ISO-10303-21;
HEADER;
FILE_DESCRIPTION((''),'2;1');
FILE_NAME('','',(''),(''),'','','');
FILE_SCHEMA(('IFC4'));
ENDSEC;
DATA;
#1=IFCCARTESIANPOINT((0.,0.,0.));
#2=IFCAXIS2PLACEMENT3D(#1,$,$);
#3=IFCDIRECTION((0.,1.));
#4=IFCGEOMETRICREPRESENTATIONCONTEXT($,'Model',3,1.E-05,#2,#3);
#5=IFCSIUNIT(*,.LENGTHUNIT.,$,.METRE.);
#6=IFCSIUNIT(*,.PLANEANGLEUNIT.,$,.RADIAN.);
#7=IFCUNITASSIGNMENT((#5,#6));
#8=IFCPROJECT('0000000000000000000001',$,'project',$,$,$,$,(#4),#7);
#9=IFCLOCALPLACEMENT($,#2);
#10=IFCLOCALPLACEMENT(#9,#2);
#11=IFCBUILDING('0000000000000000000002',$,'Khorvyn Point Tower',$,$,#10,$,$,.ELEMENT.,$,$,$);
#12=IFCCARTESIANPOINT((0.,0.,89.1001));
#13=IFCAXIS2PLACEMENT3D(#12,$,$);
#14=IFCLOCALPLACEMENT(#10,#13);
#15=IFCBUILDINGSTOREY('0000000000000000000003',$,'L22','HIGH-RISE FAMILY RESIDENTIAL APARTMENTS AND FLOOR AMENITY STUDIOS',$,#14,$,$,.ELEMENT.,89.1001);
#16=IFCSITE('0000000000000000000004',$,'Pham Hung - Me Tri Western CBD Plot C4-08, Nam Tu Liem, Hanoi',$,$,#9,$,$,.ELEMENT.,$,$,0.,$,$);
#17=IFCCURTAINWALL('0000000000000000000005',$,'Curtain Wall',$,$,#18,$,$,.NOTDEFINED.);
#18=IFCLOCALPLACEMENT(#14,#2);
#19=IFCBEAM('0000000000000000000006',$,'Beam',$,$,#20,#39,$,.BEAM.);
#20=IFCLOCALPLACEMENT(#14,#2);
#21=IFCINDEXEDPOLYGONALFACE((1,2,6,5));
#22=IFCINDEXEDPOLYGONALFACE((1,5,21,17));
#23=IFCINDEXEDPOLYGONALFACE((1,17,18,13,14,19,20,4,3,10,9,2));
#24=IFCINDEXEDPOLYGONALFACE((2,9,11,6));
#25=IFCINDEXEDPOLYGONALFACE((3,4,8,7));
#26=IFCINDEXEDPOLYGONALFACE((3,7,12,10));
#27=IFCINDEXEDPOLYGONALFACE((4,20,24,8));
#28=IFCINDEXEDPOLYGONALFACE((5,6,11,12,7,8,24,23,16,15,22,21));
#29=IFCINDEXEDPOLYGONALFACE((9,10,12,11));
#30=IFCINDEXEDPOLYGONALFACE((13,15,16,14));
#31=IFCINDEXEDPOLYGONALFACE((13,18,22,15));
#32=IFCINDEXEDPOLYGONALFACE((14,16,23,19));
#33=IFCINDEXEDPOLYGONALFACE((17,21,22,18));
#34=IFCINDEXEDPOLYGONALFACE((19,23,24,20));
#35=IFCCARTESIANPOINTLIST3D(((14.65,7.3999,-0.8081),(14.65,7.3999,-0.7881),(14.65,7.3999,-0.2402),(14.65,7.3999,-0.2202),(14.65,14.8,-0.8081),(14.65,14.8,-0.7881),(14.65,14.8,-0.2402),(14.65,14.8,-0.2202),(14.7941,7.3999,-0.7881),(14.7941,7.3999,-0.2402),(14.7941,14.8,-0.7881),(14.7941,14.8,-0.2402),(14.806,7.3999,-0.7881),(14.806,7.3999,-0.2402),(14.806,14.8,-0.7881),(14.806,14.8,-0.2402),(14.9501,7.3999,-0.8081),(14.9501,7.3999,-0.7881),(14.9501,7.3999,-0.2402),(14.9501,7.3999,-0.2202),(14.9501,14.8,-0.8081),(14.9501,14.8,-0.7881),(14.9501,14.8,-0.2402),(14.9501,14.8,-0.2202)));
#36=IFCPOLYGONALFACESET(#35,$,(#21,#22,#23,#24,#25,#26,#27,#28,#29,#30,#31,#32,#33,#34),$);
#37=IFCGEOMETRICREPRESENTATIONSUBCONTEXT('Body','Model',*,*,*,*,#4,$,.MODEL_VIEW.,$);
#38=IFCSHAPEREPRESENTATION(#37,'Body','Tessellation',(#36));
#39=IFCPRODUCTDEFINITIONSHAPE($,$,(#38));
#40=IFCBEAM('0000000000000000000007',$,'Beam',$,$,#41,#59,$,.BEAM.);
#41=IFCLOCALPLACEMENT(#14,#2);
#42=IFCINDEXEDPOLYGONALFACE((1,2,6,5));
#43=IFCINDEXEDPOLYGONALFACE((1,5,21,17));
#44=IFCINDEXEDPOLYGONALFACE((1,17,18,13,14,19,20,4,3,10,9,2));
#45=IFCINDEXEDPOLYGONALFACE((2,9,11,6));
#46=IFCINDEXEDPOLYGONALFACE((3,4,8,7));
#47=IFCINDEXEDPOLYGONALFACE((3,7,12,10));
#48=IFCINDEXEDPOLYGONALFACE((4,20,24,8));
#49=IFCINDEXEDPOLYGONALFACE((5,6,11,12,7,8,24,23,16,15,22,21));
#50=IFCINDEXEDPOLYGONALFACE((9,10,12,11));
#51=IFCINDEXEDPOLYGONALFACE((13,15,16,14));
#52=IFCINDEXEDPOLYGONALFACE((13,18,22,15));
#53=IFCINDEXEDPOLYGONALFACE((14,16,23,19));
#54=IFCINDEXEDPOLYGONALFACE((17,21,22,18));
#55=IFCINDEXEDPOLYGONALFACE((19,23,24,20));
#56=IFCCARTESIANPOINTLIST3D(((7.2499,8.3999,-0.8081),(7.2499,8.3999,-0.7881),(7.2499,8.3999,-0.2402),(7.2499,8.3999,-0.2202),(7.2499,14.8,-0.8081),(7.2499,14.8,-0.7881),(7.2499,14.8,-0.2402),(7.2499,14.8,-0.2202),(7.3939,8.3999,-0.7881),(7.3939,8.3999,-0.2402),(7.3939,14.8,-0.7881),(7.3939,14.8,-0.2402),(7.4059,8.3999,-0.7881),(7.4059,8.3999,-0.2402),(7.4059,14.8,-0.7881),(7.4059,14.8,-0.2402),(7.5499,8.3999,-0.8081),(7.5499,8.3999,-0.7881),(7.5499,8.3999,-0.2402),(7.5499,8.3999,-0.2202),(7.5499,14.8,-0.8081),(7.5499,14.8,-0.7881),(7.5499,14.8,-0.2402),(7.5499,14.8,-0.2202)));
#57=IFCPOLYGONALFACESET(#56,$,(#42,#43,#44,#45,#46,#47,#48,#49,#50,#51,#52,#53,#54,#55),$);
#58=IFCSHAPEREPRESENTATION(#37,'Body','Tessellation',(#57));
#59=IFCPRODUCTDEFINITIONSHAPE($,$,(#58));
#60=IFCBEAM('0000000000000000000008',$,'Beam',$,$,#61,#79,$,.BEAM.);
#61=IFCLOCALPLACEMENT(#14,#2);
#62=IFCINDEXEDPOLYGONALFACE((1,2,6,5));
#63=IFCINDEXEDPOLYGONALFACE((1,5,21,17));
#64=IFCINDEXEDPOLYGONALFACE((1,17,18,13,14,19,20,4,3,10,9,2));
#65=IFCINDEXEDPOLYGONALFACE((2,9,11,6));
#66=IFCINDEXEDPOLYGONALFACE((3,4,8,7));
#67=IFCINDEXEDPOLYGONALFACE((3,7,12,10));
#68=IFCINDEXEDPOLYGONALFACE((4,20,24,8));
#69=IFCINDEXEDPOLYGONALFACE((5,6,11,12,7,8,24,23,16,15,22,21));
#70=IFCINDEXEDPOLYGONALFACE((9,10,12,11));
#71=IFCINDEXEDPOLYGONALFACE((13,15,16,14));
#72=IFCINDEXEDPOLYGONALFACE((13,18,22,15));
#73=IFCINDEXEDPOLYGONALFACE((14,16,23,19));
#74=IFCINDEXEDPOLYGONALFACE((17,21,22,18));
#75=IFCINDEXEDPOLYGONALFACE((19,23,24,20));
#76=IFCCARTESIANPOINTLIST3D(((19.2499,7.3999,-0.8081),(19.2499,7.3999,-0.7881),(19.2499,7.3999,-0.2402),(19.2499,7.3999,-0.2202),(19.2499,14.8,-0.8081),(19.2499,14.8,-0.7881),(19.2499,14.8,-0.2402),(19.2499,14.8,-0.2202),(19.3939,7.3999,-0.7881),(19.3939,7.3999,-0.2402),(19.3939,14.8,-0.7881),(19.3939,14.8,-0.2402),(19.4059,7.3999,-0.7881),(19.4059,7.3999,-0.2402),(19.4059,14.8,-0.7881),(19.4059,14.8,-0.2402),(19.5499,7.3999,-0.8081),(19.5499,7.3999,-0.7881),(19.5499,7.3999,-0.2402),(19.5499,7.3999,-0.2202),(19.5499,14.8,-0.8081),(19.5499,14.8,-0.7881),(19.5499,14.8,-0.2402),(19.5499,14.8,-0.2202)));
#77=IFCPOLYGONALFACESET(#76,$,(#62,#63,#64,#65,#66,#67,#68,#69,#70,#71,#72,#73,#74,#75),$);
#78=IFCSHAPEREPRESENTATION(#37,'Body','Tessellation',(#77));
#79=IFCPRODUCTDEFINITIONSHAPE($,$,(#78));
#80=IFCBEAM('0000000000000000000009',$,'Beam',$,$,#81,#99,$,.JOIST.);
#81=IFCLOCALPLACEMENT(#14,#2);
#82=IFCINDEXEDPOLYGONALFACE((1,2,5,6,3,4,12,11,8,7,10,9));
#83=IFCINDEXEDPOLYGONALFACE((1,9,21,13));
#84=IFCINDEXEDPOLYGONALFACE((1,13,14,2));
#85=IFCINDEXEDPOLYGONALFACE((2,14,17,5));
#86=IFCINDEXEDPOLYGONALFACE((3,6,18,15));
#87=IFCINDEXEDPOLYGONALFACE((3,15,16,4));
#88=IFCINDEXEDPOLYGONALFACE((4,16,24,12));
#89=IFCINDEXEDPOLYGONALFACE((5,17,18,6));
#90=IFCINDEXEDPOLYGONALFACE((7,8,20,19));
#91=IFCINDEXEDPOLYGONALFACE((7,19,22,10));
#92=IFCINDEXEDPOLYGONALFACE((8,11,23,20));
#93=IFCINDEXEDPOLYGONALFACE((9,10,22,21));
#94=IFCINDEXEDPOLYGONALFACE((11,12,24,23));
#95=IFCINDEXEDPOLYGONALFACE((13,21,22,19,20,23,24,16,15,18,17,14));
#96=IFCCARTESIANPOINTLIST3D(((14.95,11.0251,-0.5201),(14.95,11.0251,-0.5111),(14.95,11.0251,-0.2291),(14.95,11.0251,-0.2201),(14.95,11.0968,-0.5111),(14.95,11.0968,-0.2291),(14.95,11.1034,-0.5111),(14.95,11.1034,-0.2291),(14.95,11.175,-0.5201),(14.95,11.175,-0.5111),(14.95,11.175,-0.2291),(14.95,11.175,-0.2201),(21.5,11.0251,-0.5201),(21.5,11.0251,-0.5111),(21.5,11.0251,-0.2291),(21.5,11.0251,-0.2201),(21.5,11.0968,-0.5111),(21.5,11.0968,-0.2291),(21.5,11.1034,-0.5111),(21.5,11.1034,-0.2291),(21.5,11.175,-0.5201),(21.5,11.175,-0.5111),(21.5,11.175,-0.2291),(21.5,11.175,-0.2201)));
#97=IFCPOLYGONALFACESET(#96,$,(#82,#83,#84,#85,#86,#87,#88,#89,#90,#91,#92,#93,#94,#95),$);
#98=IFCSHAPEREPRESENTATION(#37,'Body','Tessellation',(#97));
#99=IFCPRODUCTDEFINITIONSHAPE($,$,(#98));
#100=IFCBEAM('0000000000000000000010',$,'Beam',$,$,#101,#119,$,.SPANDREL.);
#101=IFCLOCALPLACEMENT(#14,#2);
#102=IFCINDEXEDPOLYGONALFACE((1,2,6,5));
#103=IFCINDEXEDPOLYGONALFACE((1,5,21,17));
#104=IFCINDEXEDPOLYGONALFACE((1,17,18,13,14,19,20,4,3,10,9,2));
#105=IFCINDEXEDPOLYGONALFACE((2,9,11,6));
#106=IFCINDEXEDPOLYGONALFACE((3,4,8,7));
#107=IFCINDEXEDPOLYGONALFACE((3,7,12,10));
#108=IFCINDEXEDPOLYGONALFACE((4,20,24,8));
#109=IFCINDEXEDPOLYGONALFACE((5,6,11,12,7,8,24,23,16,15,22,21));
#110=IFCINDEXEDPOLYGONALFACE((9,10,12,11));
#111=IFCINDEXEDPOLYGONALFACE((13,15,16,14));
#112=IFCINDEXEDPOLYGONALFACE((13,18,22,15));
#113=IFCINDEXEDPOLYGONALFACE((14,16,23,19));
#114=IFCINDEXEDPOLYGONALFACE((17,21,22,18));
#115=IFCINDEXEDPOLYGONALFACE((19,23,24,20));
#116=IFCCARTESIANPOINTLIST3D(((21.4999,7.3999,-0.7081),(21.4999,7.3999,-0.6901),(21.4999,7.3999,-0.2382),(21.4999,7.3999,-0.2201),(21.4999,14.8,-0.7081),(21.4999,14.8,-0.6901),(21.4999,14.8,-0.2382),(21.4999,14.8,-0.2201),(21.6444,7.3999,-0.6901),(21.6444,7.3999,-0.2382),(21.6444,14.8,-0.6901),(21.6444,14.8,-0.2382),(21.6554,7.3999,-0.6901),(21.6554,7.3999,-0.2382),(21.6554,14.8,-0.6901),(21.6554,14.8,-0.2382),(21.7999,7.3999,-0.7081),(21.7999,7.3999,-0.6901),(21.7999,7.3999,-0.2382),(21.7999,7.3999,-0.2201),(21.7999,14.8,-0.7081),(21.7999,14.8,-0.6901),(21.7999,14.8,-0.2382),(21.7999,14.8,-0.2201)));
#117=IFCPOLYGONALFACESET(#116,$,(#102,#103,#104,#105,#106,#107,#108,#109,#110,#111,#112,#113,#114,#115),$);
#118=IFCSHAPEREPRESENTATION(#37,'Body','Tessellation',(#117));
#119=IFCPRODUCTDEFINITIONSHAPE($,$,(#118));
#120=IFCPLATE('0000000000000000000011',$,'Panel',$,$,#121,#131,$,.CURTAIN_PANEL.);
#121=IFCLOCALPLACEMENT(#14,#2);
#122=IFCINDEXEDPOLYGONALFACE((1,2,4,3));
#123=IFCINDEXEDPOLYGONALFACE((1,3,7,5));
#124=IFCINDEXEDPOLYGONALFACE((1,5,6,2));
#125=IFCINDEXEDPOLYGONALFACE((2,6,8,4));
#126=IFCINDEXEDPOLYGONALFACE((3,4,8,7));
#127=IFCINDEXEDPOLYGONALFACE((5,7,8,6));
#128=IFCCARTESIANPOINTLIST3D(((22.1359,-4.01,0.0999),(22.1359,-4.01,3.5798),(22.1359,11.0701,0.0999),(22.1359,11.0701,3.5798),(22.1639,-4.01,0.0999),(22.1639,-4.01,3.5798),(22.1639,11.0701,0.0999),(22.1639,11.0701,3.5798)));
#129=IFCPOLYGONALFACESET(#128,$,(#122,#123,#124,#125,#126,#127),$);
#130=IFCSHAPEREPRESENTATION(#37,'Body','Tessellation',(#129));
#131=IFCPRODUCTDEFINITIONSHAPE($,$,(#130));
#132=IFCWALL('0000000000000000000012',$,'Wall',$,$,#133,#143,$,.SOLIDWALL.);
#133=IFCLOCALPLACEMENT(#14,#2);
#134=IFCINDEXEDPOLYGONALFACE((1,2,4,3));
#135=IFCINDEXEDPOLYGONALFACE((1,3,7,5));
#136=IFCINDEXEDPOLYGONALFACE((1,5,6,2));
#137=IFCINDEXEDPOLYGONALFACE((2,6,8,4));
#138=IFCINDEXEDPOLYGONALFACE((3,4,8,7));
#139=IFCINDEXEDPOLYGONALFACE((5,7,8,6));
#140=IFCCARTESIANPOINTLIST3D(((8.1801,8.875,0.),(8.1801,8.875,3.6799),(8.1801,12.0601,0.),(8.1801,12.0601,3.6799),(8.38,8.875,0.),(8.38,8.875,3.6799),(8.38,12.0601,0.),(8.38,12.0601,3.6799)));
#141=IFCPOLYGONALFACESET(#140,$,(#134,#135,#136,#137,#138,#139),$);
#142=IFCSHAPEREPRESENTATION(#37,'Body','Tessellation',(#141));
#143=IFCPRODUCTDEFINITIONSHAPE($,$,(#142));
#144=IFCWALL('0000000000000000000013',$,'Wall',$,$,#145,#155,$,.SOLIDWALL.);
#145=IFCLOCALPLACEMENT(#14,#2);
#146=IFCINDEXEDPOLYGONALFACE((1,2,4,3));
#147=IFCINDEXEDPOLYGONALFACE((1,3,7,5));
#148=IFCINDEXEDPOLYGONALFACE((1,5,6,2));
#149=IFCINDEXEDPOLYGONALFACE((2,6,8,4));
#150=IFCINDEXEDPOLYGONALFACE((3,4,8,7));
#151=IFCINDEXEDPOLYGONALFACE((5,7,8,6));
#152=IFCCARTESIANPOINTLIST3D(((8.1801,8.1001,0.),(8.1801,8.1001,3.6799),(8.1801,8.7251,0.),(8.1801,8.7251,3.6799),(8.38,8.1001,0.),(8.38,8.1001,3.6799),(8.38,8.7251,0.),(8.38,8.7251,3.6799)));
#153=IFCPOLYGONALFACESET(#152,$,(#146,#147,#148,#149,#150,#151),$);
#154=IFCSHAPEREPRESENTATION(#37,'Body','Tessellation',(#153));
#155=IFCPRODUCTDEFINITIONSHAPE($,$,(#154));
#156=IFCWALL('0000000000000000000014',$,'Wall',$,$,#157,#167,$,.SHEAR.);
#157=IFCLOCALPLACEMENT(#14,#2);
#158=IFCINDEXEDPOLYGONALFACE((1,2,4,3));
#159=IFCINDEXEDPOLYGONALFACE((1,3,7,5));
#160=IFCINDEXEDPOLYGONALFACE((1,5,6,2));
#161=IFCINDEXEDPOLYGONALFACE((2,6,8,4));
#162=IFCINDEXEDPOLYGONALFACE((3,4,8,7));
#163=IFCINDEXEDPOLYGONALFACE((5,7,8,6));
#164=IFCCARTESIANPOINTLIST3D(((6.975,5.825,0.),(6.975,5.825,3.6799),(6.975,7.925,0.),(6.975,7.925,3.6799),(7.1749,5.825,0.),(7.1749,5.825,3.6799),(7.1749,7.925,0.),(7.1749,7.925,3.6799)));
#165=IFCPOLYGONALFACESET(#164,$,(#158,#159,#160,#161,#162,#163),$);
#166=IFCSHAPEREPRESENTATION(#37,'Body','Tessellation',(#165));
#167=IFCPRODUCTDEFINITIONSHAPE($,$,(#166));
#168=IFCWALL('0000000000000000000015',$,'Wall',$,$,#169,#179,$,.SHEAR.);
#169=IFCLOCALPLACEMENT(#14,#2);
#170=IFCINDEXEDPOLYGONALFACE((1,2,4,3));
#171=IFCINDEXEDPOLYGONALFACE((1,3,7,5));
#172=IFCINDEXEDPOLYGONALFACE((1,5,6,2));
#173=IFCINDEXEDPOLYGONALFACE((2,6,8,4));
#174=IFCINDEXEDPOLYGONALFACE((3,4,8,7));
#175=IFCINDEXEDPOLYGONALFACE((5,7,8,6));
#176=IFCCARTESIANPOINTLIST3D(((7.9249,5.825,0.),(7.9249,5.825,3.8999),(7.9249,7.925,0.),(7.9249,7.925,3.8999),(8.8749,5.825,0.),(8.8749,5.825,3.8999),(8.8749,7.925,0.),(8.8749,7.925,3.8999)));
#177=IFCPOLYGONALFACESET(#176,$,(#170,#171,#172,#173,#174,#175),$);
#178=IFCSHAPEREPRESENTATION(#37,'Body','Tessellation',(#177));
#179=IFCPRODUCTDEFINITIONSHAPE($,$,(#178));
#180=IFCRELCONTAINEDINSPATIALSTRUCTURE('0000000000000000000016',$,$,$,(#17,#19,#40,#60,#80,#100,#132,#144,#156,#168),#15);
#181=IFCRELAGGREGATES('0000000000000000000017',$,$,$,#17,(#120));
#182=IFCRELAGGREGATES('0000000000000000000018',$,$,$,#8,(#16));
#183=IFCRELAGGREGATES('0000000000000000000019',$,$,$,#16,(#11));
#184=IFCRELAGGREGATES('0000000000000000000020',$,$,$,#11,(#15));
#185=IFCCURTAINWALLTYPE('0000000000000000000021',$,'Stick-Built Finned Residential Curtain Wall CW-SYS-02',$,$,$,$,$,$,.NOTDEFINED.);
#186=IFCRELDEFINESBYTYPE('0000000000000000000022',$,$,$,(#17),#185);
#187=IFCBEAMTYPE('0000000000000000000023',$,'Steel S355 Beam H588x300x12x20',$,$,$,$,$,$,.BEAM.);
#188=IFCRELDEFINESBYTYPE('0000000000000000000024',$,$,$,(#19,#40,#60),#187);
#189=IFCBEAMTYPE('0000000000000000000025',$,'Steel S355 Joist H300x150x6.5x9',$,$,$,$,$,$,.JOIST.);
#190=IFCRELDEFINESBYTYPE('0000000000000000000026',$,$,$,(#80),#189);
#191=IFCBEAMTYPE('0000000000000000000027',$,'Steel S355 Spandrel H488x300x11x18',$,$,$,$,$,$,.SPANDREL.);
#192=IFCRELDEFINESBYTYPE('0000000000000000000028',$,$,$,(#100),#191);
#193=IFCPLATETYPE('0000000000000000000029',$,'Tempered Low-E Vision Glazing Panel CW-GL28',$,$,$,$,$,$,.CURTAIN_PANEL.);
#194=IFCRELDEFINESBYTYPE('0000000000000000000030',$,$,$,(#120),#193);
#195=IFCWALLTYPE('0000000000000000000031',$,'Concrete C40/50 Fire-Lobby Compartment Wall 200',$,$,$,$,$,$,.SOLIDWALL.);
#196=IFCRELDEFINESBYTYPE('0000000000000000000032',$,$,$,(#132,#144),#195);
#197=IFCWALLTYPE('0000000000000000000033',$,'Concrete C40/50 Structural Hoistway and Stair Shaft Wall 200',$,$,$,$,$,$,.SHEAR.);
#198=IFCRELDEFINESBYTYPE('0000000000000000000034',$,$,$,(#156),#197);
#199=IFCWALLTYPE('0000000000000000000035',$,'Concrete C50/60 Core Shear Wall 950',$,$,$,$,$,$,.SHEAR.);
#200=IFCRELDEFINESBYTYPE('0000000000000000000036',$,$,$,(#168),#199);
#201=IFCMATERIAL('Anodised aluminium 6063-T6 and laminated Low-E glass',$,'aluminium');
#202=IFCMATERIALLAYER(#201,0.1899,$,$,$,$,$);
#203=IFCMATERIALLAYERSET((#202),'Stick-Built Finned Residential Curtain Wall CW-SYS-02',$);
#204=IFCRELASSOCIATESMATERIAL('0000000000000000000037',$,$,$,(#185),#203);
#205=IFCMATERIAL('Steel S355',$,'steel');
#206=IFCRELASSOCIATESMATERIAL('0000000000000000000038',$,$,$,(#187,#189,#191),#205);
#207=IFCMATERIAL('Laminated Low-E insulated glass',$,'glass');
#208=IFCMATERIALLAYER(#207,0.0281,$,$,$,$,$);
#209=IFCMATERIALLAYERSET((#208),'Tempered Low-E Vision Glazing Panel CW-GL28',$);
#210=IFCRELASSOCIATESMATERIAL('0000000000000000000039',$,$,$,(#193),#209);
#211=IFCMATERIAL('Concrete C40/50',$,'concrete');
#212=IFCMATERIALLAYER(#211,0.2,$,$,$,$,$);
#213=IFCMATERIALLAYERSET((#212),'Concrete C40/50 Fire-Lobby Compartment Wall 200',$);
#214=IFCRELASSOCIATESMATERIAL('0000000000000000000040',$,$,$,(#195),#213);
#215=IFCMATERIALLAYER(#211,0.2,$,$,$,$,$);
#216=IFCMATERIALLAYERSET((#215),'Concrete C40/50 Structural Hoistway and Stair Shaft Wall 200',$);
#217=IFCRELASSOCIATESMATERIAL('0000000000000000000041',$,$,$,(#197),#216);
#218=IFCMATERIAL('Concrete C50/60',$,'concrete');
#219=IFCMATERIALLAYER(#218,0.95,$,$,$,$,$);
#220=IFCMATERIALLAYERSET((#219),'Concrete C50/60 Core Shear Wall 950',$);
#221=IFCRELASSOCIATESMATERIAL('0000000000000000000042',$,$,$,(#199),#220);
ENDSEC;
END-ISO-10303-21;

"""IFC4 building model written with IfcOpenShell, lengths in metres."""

from ifc_helpers import new_model, si_unit, direction, frame, frame_2d, origin, origin_2d, place, context, subcontext, project, spatial, rectangle, i_section, extrude, material, layer, layer_set, material_profile, profile_set, type_object, element, aggregate, save


model = new_model("IFC4")

# Units and contexts
model_context = context("Model", 3, precision=1e-05, world=origin(), true_north=direction((0.0, 1.0)))
body_context = subcontext(model_context, "Body", "Model", "MODEL_VIEW")
ifc_project = project(units=[si_unit("LENGTHUNIT", "METRE"), si_unit("PLANEANGLEUNIT", "RADIAN")], contexts=[model_context])

# Site, building, storey
site_placement = place(None, origin())
site = spatial("IfcSite", under=ifc_project, at=site_placement, Name="Pham Hung - Me Tri Western CBD Plot C4-08, Nam Tu Liem, Hanoi", CompositionType="ELEMENT", RefElevation=0.0)
building_placement = place(site_placement, origin())
building = spatial("IfcBuilding", under=site, at=building_placement, Name="Khorvyn Point Tower", CompositionType="ELEMENT")
storey_placement = place(building_placement, frame((0.0, 0.0, 89.1001)))
storey = spatial("IfcBuildingStorey", under=building, at=storey_placement, Name="L22", Description="HIGH-RISE FAMILY RESIDENTIAL APARTMENTS AND FLOOR AMENITY STUDIOS", CompositionType="ELEMENT", Elevation=89.1001)

# Shared definitions
ifc_material_1 = material(Name="Concrete C50/60", Category="concrete")

# Curtain wall
ifc_material_2 = material(Name="Anodised aluminium 6063-T6 and laminated Low-E glass", Category="aluminium")
ifc_layer_1 = layer(ifc_material_2, 0.1899)
ifc_layer_set_1 = layer_set([ifc_layer_1], Name="Stick-Built Finned Residential Curtain Wall CW-SYS-02")
curtain_wall_type = type_object("IfcCurtainWallType", Name="Stick-Built Finned Residential Curtain Wall CW-SYS-02", PredefinedType="NOTDEFINED", material=ifc_layer_set_1)
curtain_wall_placement = place(storey_placement, origin())
curtain_wall = element("IfcCurtainWall", 1, at=curtain_wall_placement, inside=storey, type_object=curtain_wall_type, Name="Curtain Wall", PredefinedType="NOTDEFINED")

# Beams
ifc_material_3 = material(Name="Steel S355", Category="steel")
ifc_material_profile_1 = material_profile(ifc_material_3, i_section(OverallWidth=0.3, OverallDepth=0.5879, WebThickness=0.012, FlangeThickness=0.02, at=origin_2d()))
ifc_profile_set_1 = profile_set([ifc_material_profile_1], Name="Steel S355 H588x300x12x20")
beam_type_1 = type_object("IfcBeamType", Name="Steel S355 Beam H588x300x12x20", PredefinedType="BEAM", material=ifc_profile_set_1)
beam_1_placement = place(storey_placement, frame((14.8, 7.3999, -0.5142), z_axis=(0.0, 1.0, 0.0), x_axis=(-1.0, 0.0, 0.0)))
element("IfcBeam", 2, at=beam_1_placement, inside=storey, type_object=beam_type_1, Name="Beam", PredefinedType="BEAM", context=body_context, shape_type="SweptSolid", body=[
    extrude(i_section(OverallWidth=0.3, OverallDepth=0.5879, WebThickness=0.012, FlangeThickness=0.02, at=origin_2d()), origin(), (0.0, 0.0, 1.0), 7.4001),
])
beam_2_placement = place(storey_placement, frame((7.3999, 8.3999, -0.5142), z_axis=(0.0, 1.0, 0.0), x_axis=(-1.0, 0.0, 0.0)))
element("IfcBeam", 3, at=beam_2_placement, inside=storey, type_object=beam_type_1, Name="Beam", PredefinedType="BEAM", context=body_context, shape_type="SweptSolid", body=[
    extrude(i_section(OverallWidth=0.3, OverallDepth=0.5879, WebThickness=0.012, FlangeThickness=0.02, at=origin_2d()), origin(), (0.0, 0.0, 1.0), 6.4001),
])
beam_3_placement = place(storey_placement, frame((19.3999, 7.3999, -0.5142), z_axis=(0.0, 1.0, 0.0), x_axis=(-1.0, 0.0, 0.0)))
element("IfcBeam", 4, at=beam_3_placement, inside=storey, type_object=beam_type_1, Name="Beam", PredefinedType="BEAM", context=body_context, shape_type="SweptSolid", body=[
    extrude(i_section(OverallWidth=0.3, OverallDepth=0.5879, WebThickness=0.012, FlangeThickness=0.02, at=origin_2d()), origin(), (0.0, 0.0, 1.0), 7.4001),
])
ifc_material_profile_2 = material_profile(ifc_material_3, i_section(OverallWidth=0.1499, OverallDepth=0.3, WebThickness=0.0066, FlangeThickness=0.009, at=origin_2d()))
ifc_profile_set_2 = profile_set([ifc_material_profile_2], Name="Steel S355 H300x150x6.5x9")
beam_type_2 = type_object("IfcBeamType", Name="Steel S355 Joist H300x150x6.5x9", PredefinedType="JOIST", material=ifc_profile_set_2)
beam_4_placement = place(storey_placement, frame((14.95, 11.1001, -0.3701), z_axis=(1.0, 0.0, 0.0), x_axis=(0.0, 1.0, 0.0)))
element("IfcBeam", 5, at=beam_4_placement, inside=storey, type_object=beam_type_2, Name="Beam", PredefinedType="JOIST", context=body_context, shape_type="SweptSolid", body=[
    extrude(i_section(OverallWidth=0.1499, OverallDepth=0.3, WebThickness=0.0066, FlangeThickness=0.009, at=origin_2d()), origin(), (0.0, 0.0, 1.0), 6.55),
])
ifc_material_profile_3 = material_profile(ifc_material_3, i_section(OverallWidth=0.3, OverallDepth=0.488, WebThickness=0.011, FlangeThickness=0.0181, at=origin_2d()))
ifc_profile_set_3 = profile_set([ifc_material_profile_3], Name="Steel S355 H488x300x11x18")
beam_type_3 = type_object("IfcBeamType", Name="Steel S355 Spandrel H488x300x11x18", PredefinedType="SPANDREL", material=ifc_profile_set_3)
beam_5_placement = place(storey_placement, frame((21.6499, 7.3999, -0.4641), z_axis=(0.0, 1.0, 0.0), x_axis=(-1.0, 0.0, 0.0)))
element("IfcBeam", 6, at=beam_5_placement, inside=storey, type_object=beam_type_3, Name="Beam", PredefinedType="SPANDREL", context=body_context, shape_type="SweptSolid", body=[
    extrude(i_section(OverallWidth=0.3, OverallDepth=0.488, WebThickness=0.011, FlangeThickness=0.0181, at=origin_2d()), origin(), (0.0, 0.0, 1.0), 7.4001),
])

# Plate
ifc_material_4 = material(Name="Laminated Low-E insulated glass", Category="glass")
ifc_layer_2 = layer(ifc_material_4, 0.0281)
ifc_layer_set_2 = layer_set([ifc_layer_2], Name="Tempered Low-E Vision Glazing Panel CW-GL28")
plate_type = type_object("IfcPlateType", Name="Tempered Low-E Vision Glazing Panel CW-GL28", PredefinedType="CURTAIN_PANEL", material=ifc_layer_set_2)
plate_placement = place(storey_placement, frame((22.1499, 3.53, 0.0999), z_axis=(0.0, 0.0, 1.0), x_axis=(0.0, -1.0, 0.0)))
plate = element("IfcPlate", 7, at=plate_placement, type_object=plate_type, Name="Panel", PredefinedType="CURTAIN_PANEL", context=body_context, shape_type="SweptSolid", body=[
    extrude(rectangle(XDim=15.0801, YDim=0.0281, at=origin_2d()), origin(), (0.0, 0.0, 1.0), 3.48),
])
aggregate(curtain_wall, [plate])

# Walls
ifc_material_5 = material(Name="Concrete C40/50", Category="concrete")
ifc_layer_3 = layer(ifc_material_5, 0.2)
ifc_layer_set_3 = layer_set([ifc_layer_3], Name="Concrete C40/50 Fire-Lobby Compartment Wall 200")
wall_type_1 = type_object("IfcWallType", Name="Concrete C40/50 Fire-Lobby Compartment Wall 200", PredefinedType="SOLIDWALL", material=ifc_layer_set_3)
wall_1_placement = place(storey_placement, frame((8.28, 8.875, 0.0), z_axis=(0.0, 0.0, 1.0), x_axis=(0.0, 1.0, 0.0)))
element("IfcWall", 8, at=wall_1_placement, inside=storey, type_object=wall_type_1, Name="Wall", PredefinedType="SOLIDWALL", context=body_context, shape_type="SweptSolid", body=[
    extrude(rectangle(XDim=3.1851, YDim=0.2, at=frame_2d((1.5925, 0.0))), origin(), (0.0, 0.0, 1.0), 3.6799),
])
wall_2_placement = place(storey_placement, frame((8.28, 8.1001, 0.0), z_axis=(0.0, 0.0, 1.0), x_axis=(0.0, 1.0, 0.0)))
element("IfcWall", 9, at=wall_2_placement, inside=storey, type_object=wall_type_1, Name="Wall", PredefinedType="SOLIDWALL", context=body_context, shape_type="SweptSolid", body=[
    extrude(rectangle(XDim=0.625, YDim=0.2, at=frame_2d((0.3125, 0.0))), origin(), (0.0, 0.0, 1.0), 3.6799),
])
ifc_layer_4 = layer(ifc_material_5, 0.2)
ifc_layer_set_4 = layer_set([ifc_layer_4], Name="Concrete C40/50 Structural Hoistway and Stair Shaft Wall 200")
wall_type_2 = type_object("IfcWallType", Name="Concrete C40/50 Structural Hoistway and Stair Shaft Wall 200", PredefinedType="SHEAR", material=ifc_layer_set_4)
wall_3_placement = place(storey_placement, frame((7.075, 5.825, 0.0), z_axis=(0.0, 0.0, 1.0), x_axis=(0.0, 1.0, 0.0)))
element("IfcWall", 10, at=wall_3_placement, inside=storey, type_object=wall_type_2, Name="Wall", PredefinedType="SHEAR", context=body_context, shape_type="SweptSolid", body=[
    extrude(rectangle(XDim=2.1001, YDim=0.2, at=frame_2d((1.05, 0.0))), origin(), (0.0, 0.0, 1.0), 3.6799),
])
ifc_layer_5 = layer(ifc_material_1, 0.95)
ifc_layer_set_5 = layer_set([ifc_layer_5], Name="Concrete C50/60 Core Shear Wall 950")
wall_type_3 = type_object("IfcWallType", Name="Concrete C50/60 Core Shear Wall 950", PredefinedType="SHEAR", material=ifc_layer_set_5)
wall_4_placement = place(storey_placement, frame((8.3999, 5.825, 0.0), z_axis=(0.0, 0.0, 1.0), x_axis=(0.0, 1.0, 0.0)))
element("IfcWall", 11, at=wall_4_placement, inside=storey, type_object=wall_type_3, Name="Wall", PredefinedType="SHEAR", context=body_context, shape_type="SweptSolid", body=[
    extrude(rectangle(XDim=2.1001, YDim=0.95, at=frame_2d((1.05, 0.0))), origin(), (0.0, 0.0, 1.0), 3.8999),
])

save(model, "model.ifc")
